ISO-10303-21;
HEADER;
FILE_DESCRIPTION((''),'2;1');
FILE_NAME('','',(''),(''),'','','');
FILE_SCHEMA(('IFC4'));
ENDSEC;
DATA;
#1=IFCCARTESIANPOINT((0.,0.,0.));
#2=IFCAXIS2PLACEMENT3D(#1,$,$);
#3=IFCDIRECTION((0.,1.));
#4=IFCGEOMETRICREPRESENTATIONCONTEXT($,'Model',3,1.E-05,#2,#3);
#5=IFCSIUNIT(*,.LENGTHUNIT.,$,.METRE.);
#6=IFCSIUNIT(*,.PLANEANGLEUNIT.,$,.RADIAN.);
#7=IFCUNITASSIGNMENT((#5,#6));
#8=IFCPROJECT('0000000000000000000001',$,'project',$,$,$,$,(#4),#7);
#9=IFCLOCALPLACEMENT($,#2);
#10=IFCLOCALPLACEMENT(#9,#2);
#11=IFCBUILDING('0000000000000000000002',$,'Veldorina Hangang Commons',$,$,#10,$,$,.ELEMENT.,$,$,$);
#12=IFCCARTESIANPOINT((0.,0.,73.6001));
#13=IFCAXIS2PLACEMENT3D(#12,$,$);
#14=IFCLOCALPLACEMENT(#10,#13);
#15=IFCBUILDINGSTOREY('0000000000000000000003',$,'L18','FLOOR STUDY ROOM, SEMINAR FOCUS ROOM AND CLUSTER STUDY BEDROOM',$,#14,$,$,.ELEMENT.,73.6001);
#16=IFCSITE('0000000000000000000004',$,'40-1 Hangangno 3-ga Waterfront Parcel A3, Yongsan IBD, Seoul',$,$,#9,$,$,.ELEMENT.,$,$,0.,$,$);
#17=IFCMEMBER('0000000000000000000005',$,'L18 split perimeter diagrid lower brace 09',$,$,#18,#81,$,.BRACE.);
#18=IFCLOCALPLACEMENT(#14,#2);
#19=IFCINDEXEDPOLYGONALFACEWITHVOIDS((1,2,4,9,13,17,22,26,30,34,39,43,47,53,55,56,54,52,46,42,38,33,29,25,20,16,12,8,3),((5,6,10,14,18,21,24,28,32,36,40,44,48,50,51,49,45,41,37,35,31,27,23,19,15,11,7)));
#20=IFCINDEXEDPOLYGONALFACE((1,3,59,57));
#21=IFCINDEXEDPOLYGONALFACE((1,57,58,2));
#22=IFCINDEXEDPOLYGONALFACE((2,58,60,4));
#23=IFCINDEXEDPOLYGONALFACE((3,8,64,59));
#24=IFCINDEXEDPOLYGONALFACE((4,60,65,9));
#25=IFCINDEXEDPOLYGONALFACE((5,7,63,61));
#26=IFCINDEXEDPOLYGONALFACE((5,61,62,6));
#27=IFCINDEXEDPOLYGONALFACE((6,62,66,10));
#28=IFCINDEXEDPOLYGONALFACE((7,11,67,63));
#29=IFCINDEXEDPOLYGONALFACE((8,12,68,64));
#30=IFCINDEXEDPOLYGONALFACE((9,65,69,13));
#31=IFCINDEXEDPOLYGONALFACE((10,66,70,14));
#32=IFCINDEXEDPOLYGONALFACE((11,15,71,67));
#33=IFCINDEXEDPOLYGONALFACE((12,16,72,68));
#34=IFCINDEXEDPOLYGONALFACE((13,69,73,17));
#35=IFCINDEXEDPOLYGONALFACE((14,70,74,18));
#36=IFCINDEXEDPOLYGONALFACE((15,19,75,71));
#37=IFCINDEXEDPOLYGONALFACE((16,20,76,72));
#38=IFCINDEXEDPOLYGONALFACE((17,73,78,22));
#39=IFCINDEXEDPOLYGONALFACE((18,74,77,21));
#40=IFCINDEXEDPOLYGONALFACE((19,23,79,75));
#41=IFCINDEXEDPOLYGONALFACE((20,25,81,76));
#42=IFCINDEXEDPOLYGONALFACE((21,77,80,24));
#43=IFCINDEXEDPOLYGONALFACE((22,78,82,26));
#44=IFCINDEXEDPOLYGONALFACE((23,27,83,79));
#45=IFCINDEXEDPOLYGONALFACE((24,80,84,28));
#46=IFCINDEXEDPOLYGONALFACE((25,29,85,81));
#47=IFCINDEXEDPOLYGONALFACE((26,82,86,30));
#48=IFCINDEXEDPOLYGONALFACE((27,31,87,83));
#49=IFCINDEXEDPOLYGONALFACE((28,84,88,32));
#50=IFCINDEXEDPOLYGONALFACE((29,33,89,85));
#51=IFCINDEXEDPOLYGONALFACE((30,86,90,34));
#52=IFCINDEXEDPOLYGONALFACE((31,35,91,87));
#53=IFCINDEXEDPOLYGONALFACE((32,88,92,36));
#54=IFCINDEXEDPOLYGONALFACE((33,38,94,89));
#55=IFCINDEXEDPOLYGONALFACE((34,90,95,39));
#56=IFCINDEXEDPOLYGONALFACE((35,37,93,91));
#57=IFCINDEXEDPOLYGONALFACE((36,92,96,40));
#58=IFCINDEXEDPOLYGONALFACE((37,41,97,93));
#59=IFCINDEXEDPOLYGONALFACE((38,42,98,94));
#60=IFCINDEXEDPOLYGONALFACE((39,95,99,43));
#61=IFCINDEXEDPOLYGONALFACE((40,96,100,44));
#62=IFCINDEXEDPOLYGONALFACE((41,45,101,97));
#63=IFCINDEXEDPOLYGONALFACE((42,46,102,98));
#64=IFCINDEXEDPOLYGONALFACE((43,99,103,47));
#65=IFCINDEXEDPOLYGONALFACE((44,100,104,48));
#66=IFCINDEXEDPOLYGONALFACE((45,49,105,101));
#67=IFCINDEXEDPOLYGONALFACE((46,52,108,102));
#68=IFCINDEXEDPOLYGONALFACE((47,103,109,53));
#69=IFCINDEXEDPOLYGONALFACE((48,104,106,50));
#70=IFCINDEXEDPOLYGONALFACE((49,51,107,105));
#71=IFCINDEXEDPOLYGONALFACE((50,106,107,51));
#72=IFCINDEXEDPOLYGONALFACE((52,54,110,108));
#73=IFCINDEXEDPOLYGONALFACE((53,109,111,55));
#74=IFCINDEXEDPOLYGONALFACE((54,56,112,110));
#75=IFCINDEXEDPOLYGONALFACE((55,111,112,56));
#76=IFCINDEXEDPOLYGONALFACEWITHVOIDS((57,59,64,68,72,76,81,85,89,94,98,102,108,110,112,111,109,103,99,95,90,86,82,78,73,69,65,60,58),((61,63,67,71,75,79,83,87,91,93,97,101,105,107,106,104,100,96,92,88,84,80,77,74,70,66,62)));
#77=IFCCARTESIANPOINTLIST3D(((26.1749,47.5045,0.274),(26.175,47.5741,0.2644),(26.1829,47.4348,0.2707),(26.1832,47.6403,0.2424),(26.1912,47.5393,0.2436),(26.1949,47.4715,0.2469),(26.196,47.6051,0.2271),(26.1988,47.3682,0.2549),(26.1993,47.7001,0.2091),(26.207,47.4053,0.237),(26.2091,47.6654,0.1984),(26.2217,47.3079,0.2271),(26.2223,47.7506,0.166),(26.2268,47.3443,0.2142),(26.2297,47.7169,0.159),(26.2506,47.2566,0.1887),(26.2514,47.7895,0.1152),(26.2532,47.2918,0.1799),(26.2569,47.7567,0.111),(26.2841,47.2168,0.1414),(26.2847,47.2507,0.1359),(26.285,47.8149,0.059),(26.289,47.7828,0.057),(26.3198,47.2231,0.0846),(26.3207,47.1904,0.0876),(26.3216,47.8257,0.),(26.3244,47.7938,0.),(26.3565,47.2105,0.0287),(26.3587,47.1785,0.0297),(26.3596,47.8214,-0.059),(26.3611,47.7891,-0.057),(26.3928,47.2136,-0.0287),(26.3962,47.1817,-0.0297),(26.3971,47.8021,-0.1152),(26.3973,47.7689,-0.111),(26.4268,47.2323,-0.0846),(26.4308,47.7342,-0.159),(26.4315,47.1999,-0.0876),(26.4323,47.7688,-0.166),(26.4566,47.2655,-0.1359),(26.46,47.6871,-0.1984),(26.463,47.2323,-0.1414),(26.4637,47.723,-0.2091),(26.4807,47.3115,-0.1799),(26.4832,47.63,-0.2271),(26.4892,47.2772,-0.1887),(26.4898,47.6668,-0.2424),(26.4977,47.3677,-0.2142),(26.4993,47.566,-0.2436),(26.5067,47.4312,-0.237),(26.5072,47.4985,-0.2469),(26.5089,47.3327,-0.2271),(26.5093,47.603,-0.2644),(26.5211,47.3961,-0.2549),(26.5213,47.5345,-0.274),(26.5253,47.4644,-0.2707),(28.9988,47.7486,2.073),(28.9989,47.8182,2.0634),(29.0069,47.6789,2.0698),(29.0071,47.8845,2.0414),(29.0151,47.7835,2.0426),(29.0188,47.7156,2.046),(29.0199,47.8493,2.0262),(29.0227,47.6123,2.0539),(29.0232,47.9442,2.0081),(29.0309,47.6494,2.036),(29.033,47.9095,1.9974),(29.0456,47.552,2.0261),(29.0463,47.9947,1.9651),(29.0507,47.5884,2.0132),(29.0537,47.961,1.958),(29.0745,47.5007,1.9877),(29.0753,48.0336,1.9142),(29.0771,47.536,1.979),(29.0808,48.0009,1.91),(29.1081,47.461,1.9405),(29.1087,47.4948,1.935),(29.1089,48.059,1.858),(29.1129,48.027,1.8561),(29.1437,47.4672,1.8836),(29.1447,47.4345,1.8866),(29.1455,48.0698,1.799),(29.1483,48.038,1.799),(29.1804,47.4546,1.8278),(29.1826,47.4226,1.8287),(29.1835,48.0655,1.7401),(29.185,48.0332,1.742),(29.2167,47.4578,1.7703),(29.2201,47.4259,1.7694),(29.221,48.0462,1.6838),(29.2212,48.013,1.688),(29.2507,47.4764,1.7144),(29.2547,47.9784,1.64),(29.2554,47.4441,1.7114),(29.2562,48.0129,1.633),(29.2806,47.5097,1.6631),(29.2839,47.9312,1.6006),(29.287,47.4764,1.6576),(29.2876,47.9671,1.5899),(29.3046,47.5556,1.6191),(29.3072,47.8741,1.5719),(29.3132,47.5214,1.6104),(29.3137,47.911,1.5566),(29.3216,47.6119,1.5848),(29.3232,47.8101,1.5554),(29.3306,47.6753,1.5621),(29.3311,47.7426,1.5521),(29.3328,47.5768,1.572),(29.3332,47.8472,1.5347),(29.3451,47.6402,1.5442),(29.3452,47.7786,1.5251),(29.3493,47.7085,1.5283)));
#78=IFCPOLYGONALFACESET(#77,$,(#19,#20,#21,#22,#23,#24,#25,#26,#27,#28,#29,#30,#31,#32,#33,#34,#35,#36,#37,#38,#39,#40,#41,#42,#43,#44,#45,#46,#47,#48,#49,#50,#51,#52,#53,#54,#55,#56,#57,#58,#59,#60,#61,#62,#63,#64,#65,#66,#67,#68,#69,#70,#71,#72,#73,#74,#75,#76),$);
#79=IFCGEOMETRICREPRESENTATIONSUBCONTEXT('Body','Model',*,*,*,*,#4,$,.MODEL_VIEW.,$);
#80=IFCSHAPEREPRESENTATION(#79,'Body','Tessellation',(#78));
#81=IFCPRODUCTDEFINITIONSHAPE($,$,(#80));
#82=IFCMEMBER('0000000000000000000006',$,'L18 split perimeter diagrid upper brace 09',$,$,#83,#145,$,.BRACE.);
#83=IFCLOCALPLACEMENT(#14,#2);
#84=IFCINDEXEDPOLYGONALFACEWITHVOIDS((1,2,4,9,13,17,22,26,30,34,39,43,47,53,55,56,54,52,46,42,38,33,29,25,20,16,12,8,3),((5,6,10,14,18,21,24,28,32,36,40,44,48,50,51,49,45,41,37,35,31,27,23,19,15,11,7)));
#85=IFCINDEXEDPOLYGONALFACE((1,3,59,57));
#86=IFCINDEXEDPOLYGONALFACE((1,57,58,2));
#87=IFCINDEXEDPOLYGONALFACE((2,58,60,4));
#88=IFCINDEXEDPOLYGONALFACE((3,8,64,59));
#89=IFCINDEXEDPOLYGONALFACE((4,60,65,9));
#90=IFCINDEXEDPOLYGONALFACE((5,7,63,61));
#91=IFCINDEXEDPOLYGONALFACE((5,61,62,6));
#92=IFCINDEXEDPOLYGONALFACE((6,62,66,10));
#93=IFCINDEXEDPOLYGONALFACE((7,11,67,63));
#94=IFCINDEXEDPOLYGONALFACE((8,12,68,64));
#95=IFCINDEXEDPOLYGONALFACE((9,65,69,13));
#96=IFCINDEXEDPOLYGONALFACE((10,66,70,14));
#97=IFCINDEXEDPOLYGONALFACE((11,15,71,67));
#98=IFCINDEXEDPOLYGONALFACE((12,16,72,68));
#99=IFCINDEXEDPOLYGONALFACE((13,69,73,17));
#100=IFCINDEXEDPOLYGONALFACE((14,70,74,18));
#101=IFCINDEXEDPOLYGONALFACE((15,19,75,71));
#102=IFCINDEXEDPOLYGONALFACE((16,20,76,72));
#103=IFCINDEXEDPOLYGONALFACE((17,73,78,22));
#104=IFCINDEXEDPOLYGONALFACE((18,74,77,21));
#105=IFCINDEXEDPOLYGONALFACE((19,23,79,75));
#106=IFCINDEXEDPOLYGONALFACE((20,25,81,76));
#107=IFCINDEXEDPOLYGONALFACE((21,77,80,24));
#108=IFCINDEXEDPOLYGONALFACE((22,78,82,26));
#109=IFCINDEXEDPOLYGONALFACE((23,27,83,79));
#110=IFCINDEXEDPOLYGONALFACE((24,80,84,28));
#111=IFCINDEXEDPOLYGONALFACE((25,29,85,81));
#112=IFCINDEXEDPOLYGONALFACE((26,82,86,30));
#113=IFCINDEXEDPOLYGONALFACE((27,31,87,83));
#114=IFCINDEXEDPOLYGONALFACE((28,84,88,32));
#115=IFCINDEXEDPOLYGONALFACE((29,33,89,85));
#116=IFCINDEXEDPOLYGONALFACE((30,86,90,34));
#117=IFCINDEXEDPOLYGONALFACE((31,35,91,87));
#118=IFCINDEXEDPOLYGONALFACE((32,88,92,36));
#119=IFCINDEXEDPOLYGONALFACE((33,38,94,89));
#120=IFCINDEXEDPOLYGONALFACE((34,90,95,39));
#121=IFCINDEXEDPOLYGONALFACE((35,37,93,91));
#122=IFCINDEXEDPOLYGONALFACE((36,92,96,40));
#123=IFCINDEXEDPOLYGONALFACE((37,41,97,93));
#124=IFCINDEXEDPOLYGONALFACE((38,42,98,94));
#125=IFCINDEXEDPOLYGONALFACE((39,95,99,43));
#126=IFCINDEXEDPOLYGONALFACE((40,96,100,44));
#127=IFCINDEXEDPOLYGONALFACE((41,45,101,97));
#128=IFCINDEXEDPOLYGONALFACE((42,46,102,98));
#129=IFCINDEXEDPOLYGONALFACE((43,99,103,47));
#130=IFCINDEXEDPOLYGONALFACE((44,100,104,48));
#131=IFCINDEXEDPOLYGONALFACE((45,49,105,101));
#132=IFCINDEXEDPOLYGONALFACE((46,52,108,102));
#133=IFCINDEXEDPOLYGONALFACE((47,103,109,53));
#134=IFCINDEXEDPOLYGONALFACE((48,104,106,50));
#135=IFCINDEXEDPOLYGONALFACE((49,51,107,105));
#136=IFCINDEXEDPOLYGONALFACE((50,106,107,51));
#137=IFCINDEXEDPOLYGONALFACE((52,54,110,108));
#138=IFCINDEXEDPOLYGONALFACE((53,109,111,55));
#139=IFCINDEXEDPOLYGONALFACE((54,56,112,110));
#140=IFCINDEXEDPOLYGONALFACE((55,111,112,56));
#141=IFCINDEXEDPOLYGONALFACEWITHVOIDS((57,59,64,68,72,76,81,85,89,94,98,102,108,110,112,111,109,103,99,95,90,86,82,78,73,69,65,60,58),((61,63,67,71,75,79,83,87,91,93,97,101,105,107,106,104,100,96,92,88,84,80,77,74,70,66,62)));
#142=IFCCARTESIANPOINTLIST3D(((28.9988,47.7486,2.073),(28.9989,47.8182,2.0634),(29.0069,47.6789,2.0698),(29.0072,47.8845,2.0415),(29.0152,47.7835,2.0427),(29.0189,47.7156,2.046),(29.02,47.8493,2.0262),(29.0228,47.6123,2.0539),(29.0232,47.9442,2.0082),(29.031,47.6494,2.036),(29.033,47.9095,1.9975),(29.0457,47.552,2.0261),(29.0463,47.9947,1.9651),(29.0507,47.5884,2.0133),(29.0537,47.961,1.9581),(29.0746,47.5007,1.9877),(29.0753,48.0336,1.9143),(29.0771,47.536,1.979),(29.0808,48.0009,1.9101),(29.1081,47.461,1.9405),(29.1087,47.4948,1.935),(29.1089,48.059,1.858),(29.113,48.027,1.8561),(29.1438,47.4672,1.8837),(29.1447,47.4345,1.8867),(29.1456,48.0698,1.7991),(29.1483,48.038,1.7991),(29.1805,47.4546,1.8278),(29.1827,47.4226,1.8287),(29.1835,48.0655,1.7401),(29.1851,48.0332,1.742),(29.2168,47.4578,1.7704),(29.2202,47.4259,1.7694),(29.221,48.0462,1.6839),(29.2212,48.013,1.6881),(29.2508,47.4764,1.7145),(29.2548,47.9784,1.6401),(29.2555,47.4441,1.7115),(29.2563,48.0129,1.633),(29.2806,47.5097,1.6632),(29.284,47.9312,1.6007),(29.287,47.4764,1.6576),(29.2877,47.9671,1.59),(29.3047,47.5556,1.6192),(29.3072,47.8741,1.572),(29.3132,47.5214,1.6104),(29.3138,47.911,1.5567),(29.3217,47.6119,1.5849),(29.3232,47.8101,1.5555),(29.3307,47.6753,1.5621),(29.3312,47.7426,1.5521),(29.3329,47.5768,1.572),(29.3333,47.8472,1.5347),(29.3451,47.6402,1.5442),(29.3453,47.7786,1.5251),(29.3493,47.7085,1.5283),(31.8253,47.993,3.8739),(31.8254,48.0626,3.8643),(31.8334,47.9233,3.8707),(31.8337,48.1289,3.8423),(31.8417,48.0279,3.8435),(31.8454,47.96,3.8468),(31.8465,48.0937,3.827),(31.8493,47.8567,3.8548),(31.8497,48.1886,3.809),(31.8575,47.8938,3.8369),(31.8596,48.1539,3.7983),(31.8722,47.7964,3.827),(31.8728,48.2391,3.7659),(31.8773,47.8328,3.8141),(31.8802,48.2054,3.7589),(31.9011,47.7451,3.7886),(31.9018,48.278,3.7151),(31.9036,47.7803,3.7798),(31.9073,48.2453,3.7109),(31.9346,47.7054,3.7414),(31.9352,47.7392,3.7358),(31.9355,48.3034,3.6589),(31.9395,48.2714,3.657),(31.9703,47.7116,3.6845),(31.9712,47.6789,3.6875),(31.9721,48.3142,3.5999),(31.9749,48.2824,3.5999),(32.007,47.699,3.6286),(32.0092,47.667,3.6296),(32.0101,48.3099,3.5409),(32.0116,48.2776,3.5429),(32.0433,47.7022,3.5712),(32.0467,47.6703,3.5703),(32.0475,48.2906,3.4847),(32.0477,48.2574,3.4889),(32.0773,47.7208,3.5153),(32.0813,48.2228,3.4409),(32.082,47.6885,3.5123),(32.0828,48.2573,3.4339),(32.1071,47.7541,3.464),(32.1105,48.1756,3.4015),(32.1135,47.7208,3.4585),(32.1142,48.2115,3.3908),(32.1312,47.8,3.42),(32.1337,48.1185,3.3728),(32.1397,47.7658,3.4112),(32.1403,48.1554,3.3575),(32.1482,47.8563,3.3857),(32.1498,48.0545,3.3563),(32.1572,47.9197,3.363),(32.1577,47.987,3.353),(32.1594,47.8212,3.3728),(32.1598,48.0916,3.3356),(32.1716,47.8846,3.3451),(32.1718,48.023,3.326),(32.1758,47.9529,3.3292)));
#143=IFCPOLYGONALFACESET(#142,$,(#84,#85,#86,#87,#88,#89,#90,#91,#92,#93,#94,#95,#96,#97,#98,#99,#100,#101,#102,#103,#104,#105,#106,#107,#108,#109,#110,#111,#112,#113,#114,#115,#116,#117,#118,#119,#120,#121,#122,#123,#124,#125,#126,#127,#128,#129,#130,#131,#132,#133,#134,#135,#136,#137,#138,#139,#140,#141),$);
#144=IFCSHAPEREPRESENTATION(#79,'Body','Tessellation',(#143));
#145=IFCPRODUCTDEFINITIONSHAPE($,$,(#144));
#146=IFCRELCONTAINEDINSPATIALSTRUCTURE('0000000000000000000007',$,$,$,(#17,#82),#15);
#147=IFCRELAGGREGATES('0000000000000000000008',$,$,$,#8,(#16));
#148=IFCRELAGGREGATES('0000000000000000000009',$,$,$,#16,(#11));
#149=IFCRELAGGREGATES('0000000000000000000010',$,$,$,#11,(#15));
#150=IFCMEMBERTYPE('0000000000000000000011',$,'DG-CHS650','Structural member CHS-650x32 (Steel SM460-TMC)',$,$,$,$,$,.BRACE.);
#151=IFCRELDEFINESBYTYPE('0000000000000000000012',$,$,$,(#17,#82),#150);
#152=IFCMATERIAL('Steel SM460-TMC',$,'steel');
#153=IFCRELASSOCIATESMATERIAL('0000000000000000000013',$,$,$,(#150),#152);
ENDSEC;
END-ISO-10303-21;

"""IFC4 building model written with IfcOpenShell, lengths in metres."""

from ifc_helpers import new_model, si_unit, direction, frame, origin, origin_2d, place, context, subcontext, project, spatial, hollow_circle, extrude, material, material_profile, profile_set, type_object, element, save


model = new_model("IFC4")

# Units and contexts
model_context = context("Model", 3, precision=1e-05, world=origin(), true_north=direction((0.0, 1.0)))
body_context = subcontext(model_context, "Body", "Model", "MODEL_VIEW")
ifc_project = project(units=[si_unit("LENGTHUNIT", "METRE"), si_unit("PLANEANGLEUNIT", "RADIAN")], contexts=[model_context])

# Site, building, storey
site_placement = place(None, origin())
site = spatial("IfcSite", under=ifc_project, at=site_placement, Name="40-1 Hangangno 3-ga Waterfront Parcel A3, Yongsan IBD, Seoul", CompositionType="ELEMENT", RefElevation=0.0)
building_placement = place(site_placement, origin())
building = spatial("IfcBuilding", under=site, at=building_placement, Name="Veldorina Hangang Commons", CompositionType="ELEMENT")
storey_placement = place(building_placement, frame((0.0, 0.0, 73.6001)))
storey = spatial("IfcBuildingStorey", under=building, at=storey_placement, Name="L18", Description="FLOOR STUDY ROOM, SEMINAR FOCUS ROOM AND CLUSTER STUDY BEDROOM", CompositionType="ELEMENT", Elevation=73.6001)

# Members
ifc_material_1 = material(Name="Steel SM460-TMC", Category="steel")
ifc_material_profile_1 = material_profile(ifc_material_1, hollow_circle(Radius=0.325, WallThickness=0.032, at=origin_2d()), Name="CHS-650x32")
ifc_profile_set_1 = profile_set([ifc_material_profile_1], Name="Steel SM460-TMC")
member_type = type_object("IfcMemberType", Name="DG-CHS650", Description="Structural member CHS-650x32 (Steel SM460-TMC)", PredefinedType="BRACE", material=ifc_profile_set_1)
member_1_placement = place(storey_placement, frame((26.3496, 47.502, 0.0), z_axis=(0.841158, 0.072721, 0.535877), x_axis=(-0.086132, 0.996284, 0.0)))
element("IfcMember", 1, at=member_1_placement, inside=storey, type_object=member_type, Name="L18 split perimeter diagrid lower brace 09", PredefinedType="BRACE", context=body_context, shape_type="SweptSolid", body=[
    extrude(hollow_circle(Radius=0.325, WallThickness=0.032, at=origin_2d()), origin(), (0.0, 0.0, 1.0), 3.3572),
])
member_2_placement = place(storey_placement, frame((29.1736, 47.7461, 1.7991), z_axis=(0.841137, 0.072729, 0.53591), x_axis=(-0.086143, 0.996283, 0.0)))
element("IfcMember", 2, at=member_2_placement, inside=storey, type_object=member_type, Name="L18 split perimeter diagrid upper brace 09", PredefinedType="BRACE", context=body_context, shape_type="SweptSolid", body=[
    extrude(hollow_circle(Radius=0.325, WallThickness=0.032, at=origin_2d()), origin(), (0.0, 0.0, 1.0), 3.3604),
])

save(model, "model.ifc")
